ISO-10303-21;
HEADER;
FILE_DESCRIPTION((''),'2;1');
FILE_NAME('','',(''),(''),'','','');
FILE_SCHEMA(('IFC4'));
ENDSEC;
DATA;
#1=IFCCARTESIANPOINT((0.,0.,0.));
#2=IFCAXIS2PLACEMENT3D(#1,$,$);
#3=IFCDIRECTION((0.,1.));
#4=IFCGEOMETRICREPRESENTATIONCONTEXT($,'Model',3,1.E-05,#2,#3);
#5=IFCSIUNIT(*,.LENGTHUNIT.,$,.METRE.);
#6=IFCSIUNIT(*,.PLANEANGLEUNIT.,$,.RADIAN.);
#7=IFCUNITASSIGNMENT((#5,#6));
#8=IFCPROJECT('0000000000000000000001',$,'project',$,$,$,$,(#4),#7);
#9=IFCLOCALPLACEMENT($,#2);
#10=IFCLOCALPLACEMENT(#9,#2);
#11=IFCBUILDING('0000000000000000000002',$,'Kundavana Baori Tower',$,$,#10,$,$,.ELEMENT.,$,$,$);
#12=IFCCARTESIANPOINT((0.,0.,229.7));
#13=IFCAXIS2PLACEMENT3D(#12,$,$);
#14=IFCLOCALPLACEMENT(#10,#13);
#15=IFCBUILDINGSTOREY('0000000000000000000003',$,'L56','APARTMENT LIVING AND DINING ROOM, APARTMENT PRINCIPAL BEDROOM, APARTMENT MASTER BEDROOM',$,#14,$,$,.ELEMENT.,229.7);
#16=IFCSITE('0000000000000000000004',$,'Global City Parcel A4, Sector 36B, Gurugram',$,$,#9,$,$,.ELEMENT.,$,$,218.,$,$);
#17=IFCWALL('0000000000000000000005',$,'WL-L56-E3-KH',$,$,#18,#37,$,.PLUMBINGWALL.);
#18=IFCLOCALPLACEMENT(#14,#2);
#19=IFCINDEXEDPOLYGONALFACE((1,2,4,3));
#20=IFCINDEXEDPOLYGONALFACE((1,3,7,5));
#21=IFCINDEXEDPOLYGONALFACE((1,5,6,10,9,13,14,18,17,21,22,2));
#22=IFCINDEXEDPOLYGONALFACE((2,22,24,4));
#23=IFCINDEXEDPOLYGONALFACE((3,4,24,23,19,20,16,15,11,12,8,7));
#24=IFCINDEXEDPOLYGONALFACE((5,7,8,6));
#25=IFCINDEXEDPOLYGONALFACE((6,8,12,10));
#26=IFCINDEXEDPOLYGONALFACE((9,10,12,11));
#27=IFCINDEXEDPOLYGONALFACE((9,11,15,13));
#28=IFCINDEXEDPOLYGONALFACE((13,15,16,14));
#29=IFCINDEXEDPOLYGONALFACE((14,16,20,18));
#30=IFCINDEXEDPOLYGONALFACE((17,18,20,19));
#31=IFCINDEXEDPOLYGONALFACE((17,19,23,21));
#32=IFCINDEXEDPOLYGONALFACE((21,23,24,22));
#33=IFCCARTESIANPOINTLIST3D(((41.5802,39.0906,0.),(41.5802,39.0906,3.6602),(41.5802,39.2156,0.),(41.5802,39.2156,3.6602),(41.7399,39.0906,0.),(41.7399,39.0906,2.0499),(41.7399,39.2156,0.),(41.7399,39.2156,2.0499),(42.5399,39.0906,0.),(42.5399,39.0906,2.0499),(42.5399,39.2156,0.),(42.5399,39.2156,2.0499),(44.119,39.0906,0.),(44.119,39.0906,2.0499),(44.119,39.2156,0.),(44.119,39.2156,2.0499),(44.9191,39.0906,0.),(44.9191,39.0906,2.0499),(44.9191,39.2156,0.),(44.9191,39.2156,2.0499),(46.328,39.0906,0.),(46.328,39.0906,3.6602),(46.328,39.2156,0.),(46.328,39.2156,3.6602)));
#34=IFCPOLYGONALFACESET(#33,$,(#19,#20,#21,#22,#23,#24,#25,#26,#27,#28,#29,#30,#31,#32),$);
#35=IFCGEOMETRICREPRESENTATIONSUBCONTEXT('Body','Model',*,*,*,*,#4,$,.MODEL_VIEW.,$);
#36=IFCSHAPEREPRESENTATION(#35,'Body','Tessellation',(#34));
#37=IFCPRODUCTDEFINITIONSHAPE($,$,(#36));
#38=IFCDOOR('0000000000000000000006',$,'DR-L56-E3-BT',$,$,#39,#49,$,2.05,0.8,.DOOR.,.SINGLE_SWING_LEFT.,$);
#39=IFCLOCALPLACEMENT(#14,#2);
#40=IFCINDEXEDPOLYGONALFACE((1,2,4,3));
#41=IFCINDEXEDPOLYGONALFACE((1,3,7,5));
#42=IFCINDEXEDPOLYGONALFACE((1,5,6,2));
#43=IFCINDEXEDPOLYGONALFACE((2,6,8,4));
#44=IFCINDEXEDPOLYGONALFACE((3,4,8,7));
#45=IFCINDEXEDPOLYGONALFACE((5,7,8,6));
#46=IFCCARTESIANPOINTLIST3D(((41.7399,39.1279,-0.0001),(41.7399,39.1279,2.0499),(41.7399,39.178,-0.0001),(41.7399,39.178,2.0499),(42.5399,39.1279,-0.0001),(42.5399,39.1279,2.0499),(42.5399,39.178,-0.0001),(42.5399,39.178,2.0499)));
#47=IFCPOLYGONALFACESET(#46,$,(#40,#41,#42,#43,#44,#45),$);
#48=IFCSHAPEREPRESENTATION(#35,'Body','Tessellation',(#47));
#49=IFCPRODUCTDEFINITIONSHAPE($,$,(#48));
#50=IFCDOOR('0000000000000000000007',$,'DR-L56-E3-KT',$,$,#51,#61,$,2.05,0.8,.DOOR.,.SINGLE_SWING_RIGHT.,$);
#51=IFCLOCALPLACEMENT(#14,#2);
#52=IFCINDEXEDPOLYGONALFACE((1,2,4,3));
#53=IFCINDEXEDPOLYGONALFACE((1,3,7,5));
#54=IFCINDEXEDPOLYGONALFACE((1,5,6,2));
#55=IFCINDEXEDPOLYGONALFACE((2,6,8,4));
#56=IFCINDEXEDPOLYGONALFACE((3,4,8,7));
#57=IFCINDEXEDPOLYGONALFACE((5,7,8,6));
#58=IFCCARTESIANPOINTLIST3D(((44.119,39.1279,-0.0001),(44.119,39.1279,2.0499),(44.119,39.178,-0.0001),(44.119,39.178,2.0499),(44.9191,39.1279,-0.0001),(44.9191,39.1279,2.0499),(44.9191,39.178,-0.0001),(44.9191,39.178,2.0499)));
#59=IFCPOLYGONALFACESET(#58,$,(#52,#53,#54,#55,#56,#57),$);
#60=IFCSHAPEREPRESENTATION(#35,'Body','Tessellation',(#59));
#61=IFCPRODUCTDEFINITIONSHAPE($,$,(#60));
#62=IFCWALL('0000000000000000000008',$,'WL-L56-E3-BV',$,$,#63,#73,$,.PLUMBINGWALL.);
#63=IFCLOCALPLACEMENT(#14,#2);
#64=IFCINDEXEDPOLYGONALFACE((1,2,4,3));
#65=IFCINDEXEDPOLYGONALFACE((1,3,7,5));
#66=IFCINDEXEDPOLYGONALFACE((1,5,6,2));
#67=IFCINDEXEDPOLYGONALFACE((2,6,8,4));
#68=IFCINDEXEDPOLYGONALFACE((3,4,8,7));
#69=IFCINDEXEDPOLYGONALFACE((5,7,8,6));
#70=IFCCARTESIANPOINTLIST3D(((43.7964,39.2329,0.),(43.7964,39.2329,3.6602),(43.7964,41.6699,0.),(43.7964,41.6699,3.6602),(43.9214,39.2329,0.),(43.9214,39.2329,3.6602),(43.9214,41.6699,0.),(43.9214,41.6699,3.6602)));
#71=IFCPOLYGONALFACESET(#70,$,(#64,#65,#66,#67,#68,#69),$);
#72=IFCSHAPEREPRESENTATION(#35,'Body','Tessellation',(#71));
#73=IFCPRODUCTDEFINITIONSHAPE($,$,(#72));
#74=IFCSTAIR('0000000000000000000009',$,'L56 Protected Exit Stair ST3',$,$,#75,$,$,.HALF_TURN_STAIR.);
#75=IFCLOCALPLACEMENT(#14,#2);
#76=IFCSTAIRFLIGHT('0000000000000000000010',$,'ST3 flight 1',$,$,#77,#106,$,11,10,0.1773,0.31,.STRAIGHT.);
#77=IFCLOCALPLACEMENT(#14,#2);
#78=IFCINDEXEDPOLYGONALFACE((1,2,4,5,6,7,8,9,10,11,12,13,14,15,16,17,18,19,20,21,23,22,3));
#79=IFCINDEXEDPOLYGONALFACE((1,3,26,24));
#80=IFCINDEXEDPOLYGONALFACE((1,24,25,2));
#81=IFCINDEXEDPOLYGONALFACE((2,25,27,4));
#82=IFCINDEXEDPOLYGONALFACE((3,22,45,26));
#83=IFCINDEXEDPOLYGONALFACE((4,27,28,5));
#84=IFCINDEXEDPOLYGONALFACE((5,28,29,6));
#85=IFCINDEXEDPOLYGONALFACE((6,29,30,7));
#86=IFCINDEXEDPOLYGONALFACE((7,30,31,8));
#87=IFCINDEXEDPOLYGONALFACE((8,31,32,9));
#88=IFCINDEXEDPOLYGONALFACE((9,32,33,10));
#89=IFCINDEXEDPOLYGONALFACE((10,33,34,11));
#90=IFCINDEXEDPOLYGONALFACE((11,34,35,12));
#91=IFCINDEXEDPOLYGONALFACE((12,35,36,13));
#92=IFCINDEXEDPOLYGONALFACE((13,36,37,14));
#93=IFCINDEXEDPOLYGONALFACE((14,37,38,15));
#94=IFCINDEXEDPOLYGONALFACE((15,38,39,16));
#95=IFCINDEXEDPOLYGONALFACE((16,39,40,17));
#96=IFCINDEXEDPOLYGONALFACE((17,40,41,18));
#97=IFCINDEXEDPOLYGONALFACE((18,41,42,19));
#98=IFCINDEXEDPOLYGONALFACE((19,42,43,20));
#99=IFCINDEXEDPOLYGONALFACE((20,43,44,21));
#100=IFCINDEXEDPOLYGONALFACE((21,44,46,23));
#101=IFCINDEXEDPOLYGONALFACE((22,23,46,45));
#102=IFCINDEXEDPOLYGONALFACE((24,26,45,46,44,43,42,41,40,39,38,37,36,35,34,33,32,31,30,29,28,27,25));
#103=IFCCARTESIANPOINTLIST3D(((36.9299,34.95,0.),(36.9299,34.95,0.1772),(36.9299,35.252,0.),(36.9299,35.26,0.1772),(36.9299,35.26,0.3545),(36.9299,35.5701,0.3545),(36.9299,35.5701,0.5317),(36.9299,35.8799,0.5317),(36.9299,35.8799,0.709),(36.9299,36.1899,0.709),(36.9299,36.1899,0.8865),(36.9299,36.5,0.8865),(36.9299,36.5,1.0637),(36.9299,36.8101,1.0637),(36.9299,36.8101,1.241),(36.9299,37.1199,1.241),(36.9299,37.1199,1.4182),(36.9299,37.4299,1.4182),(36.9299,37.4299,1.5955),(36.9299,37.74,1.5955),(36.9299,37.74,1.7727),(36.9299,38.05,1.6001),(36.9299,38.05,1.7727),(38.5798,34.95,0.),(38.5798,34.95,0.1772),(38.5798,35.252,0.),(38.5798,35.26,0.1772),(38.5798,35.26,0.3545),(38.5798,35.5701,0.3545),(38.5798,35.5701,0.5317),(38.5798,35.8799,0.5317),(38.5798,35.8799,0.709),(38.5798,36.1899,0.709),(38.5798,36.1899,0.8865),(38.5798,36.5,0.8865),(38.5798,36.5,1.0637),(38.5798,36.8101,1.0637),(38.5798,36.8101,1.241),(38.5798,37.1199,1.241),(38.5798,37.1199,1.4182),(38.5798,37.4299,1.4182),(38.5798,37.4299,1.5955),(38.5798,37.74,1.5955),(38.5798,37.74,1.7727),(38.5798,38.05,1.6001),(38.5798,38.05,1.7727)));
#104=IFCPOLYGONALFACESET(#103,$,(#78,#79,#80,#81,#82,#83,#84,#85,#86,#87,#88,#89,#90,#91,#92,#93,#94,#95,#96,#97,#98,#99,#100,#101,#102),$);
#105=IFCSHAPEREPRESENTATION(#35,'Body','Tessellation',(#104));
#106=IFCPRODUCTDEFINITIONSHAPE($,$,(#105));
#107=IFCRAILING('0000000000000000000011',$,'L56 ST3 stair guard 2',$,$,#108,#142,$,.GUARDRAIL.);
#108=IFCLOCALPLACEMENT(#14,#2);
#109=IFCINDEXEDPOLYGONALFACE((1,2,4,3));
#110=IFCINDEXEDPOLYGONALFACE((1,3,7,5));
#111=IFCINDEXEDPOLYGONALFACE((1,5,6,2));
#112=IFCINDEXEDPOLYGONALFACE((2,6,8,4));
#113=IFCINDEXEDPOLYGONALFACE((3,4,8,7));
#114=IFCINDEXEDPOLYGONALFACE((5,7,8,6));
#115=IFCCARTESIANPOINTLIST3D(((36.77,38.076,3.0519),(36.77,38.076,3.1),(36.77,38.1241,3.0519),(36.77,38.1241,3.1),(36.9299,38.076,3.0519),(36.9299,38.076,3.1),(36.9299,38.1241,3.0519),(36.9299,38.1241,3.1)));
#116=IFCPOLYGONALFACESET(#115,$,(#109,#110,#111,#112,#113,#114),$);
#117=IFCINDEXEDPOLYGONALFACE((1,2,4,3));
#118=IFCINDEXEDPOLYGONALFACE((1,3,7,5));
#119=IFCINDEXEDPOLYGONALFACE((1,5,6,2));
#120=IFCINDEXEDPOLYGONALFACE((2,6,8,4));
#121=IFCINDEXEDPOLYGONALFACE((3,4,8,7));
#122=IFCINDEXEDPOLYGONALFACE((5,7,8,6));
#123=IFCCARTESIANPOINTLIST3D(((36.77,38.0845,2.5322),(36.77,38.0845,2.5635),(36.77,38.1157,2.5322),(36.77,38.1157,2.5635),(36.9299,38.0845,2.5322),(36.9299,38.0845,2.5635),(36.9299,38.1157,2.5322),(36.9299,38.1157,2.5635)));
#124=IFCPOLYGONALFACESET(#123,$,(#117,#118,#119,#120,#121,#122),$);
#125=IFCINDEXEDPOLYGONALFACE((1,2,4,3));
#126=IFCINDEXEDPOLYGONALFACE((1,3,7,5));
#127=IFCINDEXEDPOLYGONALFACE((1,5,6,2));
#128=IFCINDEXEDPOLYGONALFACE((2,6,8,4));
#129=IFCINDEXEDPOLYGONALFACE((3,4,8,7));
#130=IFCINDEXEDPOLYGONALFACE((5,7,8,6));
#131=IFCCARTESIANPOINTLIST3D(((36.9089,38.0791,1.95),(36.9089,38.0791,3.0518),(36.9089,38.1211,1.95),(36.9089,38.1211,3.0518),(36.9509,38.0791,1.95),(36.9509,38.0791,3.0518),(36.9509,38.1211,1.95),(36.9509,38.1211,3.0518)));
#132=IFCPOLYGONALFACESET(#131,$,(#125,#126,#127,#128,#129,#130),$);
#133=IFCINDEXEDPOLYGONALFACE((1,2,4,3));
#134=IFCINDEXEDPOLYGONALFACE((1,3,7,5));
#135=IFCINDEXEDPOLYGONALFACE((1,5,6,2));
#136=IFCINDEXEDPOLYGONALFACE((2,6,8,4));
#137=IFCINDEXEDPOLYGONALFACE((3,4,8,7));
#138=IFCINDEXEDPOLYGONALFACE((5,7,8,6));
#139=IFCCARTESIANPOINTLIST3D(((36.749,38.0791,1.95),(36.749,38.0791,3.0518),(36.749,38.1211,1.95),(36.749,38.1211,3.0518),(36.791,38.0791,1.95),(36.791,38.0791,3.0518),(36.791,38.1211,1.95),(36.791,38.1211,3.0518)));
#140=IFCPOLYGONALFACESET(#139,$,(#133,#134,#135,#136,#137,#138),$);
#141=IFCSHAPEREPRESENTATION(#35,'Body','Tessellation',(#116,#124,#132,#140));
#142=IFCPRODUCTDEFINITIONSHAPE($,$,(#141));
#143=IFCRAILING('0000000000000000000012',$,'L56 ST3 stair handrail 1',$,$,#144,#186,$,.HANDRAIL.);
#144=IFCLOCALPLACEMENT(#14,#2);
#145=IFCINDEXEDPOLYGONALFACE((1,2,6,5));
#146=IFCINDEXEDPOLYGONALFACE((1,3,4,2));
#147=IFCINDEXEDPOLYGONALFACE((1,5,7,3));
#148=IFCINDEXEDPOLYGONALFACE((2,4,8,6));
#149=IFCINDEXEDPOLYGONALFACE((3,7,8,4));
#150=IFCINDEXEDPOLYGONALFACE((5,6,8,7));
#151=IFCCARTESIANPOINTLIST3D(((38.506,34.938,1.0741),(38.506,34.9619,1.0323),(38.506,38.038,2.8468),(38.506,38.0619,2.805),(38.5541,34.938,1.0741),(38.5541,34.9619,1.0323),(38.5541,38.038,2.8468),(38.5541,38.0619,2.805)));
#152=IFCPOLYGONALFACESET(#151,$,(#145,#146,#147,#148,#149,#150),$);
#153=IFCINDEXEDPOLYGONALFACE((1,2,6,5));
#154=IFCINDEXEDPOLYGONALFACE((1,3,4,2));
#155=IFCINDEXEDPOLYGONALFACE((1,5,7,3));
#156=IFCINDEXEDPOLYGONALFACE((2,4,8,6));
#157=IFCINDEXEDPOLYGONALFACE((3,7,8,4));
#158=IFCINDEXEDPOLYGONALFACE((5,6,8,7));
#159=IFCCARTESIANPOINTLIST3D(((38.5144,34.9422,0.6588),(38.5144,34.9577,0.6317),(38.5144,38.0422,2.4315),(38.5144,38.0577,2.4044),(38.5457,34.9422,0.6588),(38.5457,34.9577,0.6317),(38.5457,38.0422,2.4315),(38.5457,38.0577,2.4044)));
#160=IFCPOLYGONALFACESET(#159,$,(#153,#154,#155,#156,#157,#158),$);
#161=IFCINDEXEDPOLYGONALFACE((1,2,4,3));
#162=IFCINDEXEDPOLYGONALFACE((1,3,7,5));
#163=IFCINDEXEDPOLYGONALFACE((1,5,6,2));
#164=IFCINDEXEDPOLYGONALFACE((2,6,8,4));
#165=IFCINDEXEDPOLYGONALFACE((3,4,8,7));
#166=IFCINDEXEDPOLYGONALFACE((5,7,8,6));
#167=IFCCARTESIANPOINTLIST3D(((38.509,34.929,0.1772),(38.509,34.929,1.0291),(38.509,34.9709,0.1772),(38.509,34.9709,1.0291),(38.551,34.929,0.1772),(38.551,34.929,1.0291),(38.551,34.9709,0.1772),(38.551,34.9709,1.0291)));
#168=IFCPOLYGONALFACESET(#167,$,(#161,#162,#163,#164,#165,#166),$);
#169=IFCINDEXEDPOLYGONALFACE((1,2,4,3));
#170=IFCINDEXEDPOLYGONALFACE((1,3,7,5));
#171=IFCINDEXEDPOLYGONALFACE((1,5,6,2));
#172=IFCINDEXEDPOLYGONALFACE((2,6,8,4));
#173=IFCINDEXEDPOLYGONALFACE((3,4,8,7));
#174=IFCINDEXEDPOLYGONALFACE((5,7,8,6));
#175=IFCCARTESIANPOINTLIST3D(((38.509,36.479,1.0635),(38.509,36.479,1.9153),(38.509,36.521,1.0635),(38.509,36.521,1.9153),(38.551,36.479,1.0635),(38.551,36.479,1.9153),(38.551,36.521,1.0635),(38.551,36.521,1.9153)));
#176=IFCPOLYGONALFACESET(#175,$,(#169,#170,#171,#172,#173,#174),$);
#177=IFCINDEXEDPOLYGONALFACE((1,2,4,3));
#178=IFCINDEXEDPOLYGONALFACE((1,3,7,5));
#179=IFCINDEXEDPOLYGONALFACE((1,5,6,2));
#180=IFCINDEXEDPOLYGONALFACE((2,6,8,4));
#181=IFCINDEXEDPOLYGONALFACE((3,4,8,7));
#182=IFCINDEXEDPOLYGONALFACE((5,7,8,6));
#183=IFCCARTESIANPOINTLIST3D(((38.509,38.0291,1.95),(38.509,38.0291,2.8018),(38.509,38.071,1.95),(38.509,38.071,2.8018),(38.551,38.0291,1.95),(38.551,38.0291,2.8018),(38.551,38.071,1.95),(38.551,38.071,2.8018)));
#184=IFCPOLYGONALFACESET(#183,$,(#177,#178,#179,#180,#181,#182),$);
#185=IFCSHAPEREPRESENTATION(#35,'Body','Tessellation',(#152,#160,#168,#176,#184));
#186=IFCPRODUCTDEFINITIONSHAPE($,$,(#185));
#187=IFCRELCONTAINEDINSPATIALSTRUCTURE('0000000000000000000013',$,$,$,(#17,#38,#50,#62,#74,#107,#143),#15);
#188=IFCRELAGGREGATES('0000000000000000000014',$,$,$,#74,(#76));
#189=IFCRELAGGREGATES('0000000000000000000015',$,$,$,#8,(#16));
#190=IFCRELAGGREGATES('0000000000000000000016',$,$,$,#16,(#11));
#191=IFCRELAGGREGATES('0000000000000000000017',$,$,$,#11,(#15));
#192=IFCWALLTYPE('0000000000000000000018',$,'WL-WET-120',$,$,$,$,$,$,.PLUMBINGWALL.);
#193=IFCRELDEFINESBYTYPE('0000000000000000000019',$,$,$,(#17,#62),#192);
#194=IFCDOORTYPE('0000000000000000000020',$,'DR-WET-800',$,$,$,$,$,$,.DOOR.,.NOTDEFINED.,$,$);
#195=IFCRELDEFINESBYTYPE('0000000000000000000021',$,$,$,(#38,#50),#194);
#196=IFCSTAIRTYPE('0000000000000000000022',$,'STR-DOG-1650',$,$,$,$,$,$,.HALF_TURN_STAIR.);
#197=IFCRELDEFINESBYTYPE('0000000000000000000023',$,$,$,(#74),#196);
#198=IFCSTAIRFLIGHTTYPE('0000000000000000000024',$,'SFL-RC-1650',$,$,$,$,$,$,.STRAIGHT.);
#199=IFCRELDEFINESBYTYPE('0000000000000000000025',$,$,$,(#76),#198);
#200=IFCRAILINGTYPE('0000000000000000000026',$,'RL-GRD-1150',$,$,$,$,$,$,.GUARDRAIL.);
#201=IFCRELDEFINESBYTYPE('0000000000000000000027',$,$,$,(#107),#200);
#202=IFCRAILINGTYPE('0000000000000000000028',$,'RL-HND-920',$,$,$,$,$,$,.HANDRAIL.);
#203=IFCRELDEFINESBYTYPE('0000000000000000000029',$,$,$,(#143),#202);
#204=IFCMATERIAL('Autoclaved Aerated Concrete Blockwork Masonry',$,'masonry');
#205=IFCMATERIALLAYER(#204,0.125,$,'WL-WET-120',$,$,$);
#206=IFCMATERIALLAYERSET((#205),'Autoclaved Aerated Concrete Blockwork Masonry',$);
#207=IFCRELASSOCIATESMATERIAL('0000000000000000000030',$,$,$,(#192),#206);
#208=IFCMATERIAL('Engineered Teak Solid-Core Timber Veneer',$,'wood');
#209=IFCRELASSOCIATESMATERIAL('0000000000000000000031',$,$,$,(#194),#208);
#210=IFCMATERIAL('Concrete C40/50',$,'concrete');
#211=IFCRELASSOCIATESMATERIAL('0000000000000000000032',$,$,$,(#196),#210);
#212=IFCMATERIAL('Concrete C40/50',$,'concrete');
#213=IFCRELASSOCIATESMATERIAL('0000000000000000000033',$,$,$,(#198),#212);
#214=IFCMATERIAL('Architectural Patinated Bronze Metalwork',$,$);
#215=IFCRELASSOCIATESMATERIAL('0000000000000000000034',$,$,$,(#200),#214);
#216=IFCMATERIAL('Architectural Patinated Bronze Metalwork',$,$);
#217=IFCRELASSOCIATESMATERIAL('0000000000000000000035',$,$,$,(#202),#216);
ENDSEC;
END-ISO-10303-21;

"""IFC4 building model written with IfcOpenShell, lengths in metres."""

from ifc_helpers import new_model, si_unit, direction, frame, frame_2d, origin, origin_2d, place, context, subcontext, project, spatial, polyline, rectangle, outline, extrude, material, layer, layer_set, type_object, element, fill, aggregate, save


model = new_model("IFC4")

# Units and contexts
model_context = context("Model", 3, precision=1e-05, world=origin(), true_north=direction((0.0, 1.0)))
body_context = subcontext(model_context, "Body", "Model", "MODEL_VIEW")
ifc_project = project(units=[si_unit("LENGTHUNIT", "METRE"), si_unit("PLANEANGLEUNIT", "RADIAN")], contexts=[model_context])

# Site, building, storey
site_placement = place(None, origin())
site = spatial("IfcSite", under=ifc_project, at=site_placement, Name="Global City Parcel A4, Sector 36B, Gurugram", CompositionType="ELEMENT", RefElevation=218.0)
building_placement = place(site_placement, origin())
building = spatial("IfcBuilding", under=site, at=building_placement, Name="Kundavana Baori Tower", CompositionType="ELEMENT")
storey_placement = place(building_placement, frame((0.0, 0.0, 229.7)))
storey = spatial("IfcBuildingStorey", under=building, at=storey_placement, Name="L56", Description="APARTMENT LIVING AND DINING ROOM, APARTMENT PRINCIPAL BEDROOM, APARTMENT MASTER BEDROOM", CompositionType="ELEMENT", Elevation=229.7)

# Wall, openings, doors
ifc_material_1 = material(Name="Autoclaved Aerated Concrete Blockwork Masonry", Category="masonry")
ifc_layer_1 = layer(ifc_material_1, 0.125, Name="WL-WET-120")
ifc_layer_set_1 = layer_set([ifc_layer_1], Name="Autoclaved Aerated Concrete Blockwork Masonry")
wall_type_1 = type_object("IfcWallType", Name="WL-WET-120", PredefinedType="PLUMBINGWALL", material=ifc_layer_set_1)
wall_1_placement = place(storey_placement, frame((41.5801, 39.1531, 0.0), z_axis=(0.0, 0.0, 1.0), x_axis=(1.0, 0.0, 0.0)))
wall_1 = element("IfcWall", 1, at=wall_1_placement, inside=storey, type_object=wall_type_1, Name="WL-L56-E3-KH", PredefinedType="PLUMBINGWALL", context=body_context, shape_type="SweptSolid", body=[
    extrude(rectangle(XDim=4.7478, YDim=0.125, at=frame_2d((2.374, 0.0))), origin(), (0.0, 0.0, 1.0), 3.6602),
])
opening_1_placement = place(wall_1_placement, frame((0.1599, 0.0, 0.0)))
opening_1 = element("IfcOpeningElement", 2, at=opening_1_placement, cuts=wall_1, PredefinedType="OPENING", context=body_context, shape_type="SweptSolid", body=[
    extrude(rectangle(XDim=0.8, YDim=2.05, at=frame_2d((0.3999, 1.0249))), frame((0.0, 0.0725, 0.0), z_axis=(0.0, -1.0, 0.0), x_axis=(1.0, 0.0, 0.0)), (0.0, 0.0, 1.0), 0.145),
])
opening_2_placement = place(wall_1_placement, frame((2.5391, 0.0, 0.0)))
opening_2 = element("IfcOpeningElement", 3, at=opening_2_placement, cuts=wall_1, PredefinedType="OPENING", context=body_context, shape_type="SweptSolid", body=[
    extrude(rectangle(XDim=0.8, YDim=2.05, at=frame_2d((0.3999, 1.0249))), frame((0.0, 0.0725, 0.0), z_axis=(0.0, -1.0, 0.0), x_axis=(1.0, 0.0, 0.0)), (0.0, 0.0, 1.0), 0.145),
])
ifc_material_2 = material(Name="Engineered Teak Solid-Core Timber Veneer", Category="wood")
door_type_1 = type_object("IfcDoorType", Name="DR-WET-800", OperationType="NOTDEFINED", PredefinedType="DOOR", material=ifc_material_2)
door_1_placement = place(opening_1_placement, origin())
door_1 = element("IfcDoor", 4, at=door_1_placement, inside=storey, type_object=door_type_1, Name="DR-L56-E3-BT", OperationType="SINGLE_SWING_LEFT", OverallHeight=2.05, OverallWidth=0.8, PredefinedType="DOOR", context=body_context, shape_type="SweptSolid", body=[
    extrude(rectangle(XDim=0.8, YDim=2.05, at=frame_2d((0.3999, 1.0249))), frame((0.0, 0.0249, 0.0), z_axis=(0.0, -1.0, 0.0), x_axis=(1.0, 0.0, 0.0)), (0.0, 0.0, 1.0), 0.05),
])
fill(opening_1, door_1)
door_2_placement = place(opening_2_placement, origin())
door_2 = element("IfcDoor", 5, at=door_2_placement, inside=storey, type_object=door_type_1, Name="DR-L56-E3-KT", OperationType="SINGLE_SWING_RIGHT", OverallHeight=2.05, OverallWidth=0.8, PredefinedType="DOOR", context=body_context, shape_type="SweptSolid", body=[
    extrude(rectangle(XDim=0.8, YDim=2.05, at=frame_2d((0.3999, 1.0249))), frame((0.0, 0.0249, 0.0), z_axis=(0.0, -1.0, 0.0), x_axis=(1.0, 0.0, 0.0)), (0.0, 0.0, 1.0), 0.05),
])
fill(opening_2, door_2)

# Wall
wall_2_placement = place(storey_placement, frame((43.8589, 39.2329, 0.0), z_axis=(0.0, 0.0, 1.0), x_axis=(0.0, 1.0, 0.0)))
element("IfcWall", 6, at=wall_2_placement, inside=storey, type_object=wall_type_1, Name="WL-L56-E3-BV", PredefinedType="PLUMBINGWALL", context=body_context, shape_type="SweptSolid", body=[
    extrude(rectangle(XDim=2.437, YDim=0.125, at=frame_2d((1.2185, 0.0))), origin(), (0.0, 0.0, 1.0), 3.6602),
])

# Stair, stair flight
ifc_material_3 = material(Name="Concrete C40/50", Category="concrete")
stair_type = type_object("IfcStairType", Name="STR-DOG-1650", PredefinedType="HALF_TURN_STAIR", material=ifc_material_3)
stair_placement = place(storey_placement, origin())
stair = element("IfcStair", 7, at=stair_placement, inside=storey, type_object=stair_type, Name="L56 Protected Exit Stair ST3", PredefinedType="HALF_TURN_STAIR")
ifc_material_4 = material(Name="Concrete C40/50", Category="concrete")
stair_flight_type = type_object("IfcStairFlightType", Name="SFL-RC-1650", PredefinedType="STRAIGHT", material=ifc_material_4)
stair_flight_placement = place(storey_placement, frame((37.7549, 34.95, 0.0), z_axis=(0.0, 0.0, 1.0), x_axis=(0.0, 1.0, 0.0)))
stair_flight = element("IfcStairFlight", 8, at=stair_flight_placement, type_object=stair_flight_type, Name="ST3 flight 1", NumberOfRisers=11, NumberOfTreads=10, PredefinedType="STRAIGHT", RiserHeight=0.1773, TreadLength=0.31, context=body_context, shape_type="SweptSolid", body=[
    extrude(outline(polyline([(0.0, 0.0), (0.0, 0.1772), (0.3101, 0.1772), (0.3101, 0.3545), (0.6201, 0.3545), (0.6201, 0.5317), (0.9299, 0.5317), (0.9299, 0.709), (1.24, 0.709), (1.24, 0.8865), (1.55, 0.8865), (1.55, 1.0637), (1.8601, 1.0637), (1.8601, 1.241), (2.1699, 1.241), (2.1699, 1.4182), (2.48, 1.4182), (2.48, 1.5955), (2.79, 1.5955), (2.79, 1.7727), (3.1001, 1.7727), (3.1001, 1.95), (3.1001, 1.6001), (0.302, 0.0), (0.0, 0.0)])), frame((0.0, 0.825, 0.0), z_axis=(0.0, -1.0, 0.0), x_axis=(1.0, 0.0, 0.0)), (0.0, 0.0, 1.0), 1.6499),
])
aggregate(stair, [stair_flight])

# Railings
ifc_material_5 = material(Name="Architectural Patinated Bronze Metalwork")
railing_type_1 = type_object("IfcRailingType", Name="RL-GRD-1150", PredefinedType="GUARDRAIL", material=ifc_material_5)
railing_1_placement = place(storey_placement, frame((36.9299, 38.1001, 1.95)))
element("IfcRailing", 9, at=railing_1_placement, inside=storey, type_object=railing_type_1, Name="L56 ST3 stair guard 2", PredefinedType="GUARDRAIL", context=body_context, shape_type="SweptSolid", body=[
    extrude(rectangle(XDim=0.0481, YDim=0.0481, at=origin_2d()), frame((0.0, 0.0, 1.126), z_axis=(-1.0, 0.0, 0.0), x_axis=(0.0, -1.0, 0.0)), (0.0, 0.0, 1.0), 0.1599),
    extrude(rectangle(XDim=0.0312, YDim=0.0312, at=origin_2d()), frame((0.0, 0.0, 0.5979), z_axis=(-1.0, 0.0, 0.0), x_axis=(0.0, -1.0, 0.0)), (0.0, 0.0, 1.0), 0.1599),
    extrude(rectangle(XDim=0.042, YDim=0.042, at=origin_2d()), origin(), (0.0, 0.0, 1.0), 1.1018),
    extrude(rectangle(XDim=0.042, YDim=0.042, at=origin_2d()), frame((-0.1599, 0.0, 0.0)), (0.0, 0.0, 1.0), 1.1018),
])
ifc_material_6 = material(Name="Architectural Patinated Bronze Metalwork")
railing_type_2 = type_object("IfcRailingType", Name="RL-HND-920", PredefinedType="HANDRAIL", material=ifc_material_6)
railing_2_placement = place(storey_placement, frame((38.53, 34.95, 0.1772)))
element("IfcRailing", 10, at=railing_2_placement, inside=storey, type_object=railing_type_2, Name="L56 ST3 stair handrail 1", PredefinedType="HANDRAIL", context=body_context, shape_type="SweptSolid", body=[
    extrude(rectangle(XDim=0.0481, YDim=0.0481, at=origin_2d()), frame((0.0, 0.0, 0.876), z_axis=(0.0, 0.868096, 0.496397), x_axis=(-1.0, 0.0, 0.0)), (0.0, 0.0, 1.0), 3.571),
    extrude(rectangle(XDim=0.0312, YDim=0.0312, at=origin_2d()), frame((0.0, 0.0, 0.468), z_axis=(0.0, 0.868096, 0.496397), x_axis=(-1.0, 0.0, 0.0)), (0.0, 0.0, 1.0), 3.571),
    extrude(rectangle(XDim=0.042, YDim=0.042, at=origin_2d()), origin(), (0.0, 0.0, 1.0), 0.8518),
    extrude(rectangle(XDim=0.042, YDim=0.042, at=origin_2d()), frame((0.0, 1.55, 0.8862)), (0.0, 0.0, 1.0), 0.8518),
    extrude(rectangle(XDim=0.042, YDim=0.042, at=origin_2d()), frame((0.0, 3.1001, 1.7727)), (0.0, 0.0, 1.0), 0.8518),
])

save(model, "model.ifc")
